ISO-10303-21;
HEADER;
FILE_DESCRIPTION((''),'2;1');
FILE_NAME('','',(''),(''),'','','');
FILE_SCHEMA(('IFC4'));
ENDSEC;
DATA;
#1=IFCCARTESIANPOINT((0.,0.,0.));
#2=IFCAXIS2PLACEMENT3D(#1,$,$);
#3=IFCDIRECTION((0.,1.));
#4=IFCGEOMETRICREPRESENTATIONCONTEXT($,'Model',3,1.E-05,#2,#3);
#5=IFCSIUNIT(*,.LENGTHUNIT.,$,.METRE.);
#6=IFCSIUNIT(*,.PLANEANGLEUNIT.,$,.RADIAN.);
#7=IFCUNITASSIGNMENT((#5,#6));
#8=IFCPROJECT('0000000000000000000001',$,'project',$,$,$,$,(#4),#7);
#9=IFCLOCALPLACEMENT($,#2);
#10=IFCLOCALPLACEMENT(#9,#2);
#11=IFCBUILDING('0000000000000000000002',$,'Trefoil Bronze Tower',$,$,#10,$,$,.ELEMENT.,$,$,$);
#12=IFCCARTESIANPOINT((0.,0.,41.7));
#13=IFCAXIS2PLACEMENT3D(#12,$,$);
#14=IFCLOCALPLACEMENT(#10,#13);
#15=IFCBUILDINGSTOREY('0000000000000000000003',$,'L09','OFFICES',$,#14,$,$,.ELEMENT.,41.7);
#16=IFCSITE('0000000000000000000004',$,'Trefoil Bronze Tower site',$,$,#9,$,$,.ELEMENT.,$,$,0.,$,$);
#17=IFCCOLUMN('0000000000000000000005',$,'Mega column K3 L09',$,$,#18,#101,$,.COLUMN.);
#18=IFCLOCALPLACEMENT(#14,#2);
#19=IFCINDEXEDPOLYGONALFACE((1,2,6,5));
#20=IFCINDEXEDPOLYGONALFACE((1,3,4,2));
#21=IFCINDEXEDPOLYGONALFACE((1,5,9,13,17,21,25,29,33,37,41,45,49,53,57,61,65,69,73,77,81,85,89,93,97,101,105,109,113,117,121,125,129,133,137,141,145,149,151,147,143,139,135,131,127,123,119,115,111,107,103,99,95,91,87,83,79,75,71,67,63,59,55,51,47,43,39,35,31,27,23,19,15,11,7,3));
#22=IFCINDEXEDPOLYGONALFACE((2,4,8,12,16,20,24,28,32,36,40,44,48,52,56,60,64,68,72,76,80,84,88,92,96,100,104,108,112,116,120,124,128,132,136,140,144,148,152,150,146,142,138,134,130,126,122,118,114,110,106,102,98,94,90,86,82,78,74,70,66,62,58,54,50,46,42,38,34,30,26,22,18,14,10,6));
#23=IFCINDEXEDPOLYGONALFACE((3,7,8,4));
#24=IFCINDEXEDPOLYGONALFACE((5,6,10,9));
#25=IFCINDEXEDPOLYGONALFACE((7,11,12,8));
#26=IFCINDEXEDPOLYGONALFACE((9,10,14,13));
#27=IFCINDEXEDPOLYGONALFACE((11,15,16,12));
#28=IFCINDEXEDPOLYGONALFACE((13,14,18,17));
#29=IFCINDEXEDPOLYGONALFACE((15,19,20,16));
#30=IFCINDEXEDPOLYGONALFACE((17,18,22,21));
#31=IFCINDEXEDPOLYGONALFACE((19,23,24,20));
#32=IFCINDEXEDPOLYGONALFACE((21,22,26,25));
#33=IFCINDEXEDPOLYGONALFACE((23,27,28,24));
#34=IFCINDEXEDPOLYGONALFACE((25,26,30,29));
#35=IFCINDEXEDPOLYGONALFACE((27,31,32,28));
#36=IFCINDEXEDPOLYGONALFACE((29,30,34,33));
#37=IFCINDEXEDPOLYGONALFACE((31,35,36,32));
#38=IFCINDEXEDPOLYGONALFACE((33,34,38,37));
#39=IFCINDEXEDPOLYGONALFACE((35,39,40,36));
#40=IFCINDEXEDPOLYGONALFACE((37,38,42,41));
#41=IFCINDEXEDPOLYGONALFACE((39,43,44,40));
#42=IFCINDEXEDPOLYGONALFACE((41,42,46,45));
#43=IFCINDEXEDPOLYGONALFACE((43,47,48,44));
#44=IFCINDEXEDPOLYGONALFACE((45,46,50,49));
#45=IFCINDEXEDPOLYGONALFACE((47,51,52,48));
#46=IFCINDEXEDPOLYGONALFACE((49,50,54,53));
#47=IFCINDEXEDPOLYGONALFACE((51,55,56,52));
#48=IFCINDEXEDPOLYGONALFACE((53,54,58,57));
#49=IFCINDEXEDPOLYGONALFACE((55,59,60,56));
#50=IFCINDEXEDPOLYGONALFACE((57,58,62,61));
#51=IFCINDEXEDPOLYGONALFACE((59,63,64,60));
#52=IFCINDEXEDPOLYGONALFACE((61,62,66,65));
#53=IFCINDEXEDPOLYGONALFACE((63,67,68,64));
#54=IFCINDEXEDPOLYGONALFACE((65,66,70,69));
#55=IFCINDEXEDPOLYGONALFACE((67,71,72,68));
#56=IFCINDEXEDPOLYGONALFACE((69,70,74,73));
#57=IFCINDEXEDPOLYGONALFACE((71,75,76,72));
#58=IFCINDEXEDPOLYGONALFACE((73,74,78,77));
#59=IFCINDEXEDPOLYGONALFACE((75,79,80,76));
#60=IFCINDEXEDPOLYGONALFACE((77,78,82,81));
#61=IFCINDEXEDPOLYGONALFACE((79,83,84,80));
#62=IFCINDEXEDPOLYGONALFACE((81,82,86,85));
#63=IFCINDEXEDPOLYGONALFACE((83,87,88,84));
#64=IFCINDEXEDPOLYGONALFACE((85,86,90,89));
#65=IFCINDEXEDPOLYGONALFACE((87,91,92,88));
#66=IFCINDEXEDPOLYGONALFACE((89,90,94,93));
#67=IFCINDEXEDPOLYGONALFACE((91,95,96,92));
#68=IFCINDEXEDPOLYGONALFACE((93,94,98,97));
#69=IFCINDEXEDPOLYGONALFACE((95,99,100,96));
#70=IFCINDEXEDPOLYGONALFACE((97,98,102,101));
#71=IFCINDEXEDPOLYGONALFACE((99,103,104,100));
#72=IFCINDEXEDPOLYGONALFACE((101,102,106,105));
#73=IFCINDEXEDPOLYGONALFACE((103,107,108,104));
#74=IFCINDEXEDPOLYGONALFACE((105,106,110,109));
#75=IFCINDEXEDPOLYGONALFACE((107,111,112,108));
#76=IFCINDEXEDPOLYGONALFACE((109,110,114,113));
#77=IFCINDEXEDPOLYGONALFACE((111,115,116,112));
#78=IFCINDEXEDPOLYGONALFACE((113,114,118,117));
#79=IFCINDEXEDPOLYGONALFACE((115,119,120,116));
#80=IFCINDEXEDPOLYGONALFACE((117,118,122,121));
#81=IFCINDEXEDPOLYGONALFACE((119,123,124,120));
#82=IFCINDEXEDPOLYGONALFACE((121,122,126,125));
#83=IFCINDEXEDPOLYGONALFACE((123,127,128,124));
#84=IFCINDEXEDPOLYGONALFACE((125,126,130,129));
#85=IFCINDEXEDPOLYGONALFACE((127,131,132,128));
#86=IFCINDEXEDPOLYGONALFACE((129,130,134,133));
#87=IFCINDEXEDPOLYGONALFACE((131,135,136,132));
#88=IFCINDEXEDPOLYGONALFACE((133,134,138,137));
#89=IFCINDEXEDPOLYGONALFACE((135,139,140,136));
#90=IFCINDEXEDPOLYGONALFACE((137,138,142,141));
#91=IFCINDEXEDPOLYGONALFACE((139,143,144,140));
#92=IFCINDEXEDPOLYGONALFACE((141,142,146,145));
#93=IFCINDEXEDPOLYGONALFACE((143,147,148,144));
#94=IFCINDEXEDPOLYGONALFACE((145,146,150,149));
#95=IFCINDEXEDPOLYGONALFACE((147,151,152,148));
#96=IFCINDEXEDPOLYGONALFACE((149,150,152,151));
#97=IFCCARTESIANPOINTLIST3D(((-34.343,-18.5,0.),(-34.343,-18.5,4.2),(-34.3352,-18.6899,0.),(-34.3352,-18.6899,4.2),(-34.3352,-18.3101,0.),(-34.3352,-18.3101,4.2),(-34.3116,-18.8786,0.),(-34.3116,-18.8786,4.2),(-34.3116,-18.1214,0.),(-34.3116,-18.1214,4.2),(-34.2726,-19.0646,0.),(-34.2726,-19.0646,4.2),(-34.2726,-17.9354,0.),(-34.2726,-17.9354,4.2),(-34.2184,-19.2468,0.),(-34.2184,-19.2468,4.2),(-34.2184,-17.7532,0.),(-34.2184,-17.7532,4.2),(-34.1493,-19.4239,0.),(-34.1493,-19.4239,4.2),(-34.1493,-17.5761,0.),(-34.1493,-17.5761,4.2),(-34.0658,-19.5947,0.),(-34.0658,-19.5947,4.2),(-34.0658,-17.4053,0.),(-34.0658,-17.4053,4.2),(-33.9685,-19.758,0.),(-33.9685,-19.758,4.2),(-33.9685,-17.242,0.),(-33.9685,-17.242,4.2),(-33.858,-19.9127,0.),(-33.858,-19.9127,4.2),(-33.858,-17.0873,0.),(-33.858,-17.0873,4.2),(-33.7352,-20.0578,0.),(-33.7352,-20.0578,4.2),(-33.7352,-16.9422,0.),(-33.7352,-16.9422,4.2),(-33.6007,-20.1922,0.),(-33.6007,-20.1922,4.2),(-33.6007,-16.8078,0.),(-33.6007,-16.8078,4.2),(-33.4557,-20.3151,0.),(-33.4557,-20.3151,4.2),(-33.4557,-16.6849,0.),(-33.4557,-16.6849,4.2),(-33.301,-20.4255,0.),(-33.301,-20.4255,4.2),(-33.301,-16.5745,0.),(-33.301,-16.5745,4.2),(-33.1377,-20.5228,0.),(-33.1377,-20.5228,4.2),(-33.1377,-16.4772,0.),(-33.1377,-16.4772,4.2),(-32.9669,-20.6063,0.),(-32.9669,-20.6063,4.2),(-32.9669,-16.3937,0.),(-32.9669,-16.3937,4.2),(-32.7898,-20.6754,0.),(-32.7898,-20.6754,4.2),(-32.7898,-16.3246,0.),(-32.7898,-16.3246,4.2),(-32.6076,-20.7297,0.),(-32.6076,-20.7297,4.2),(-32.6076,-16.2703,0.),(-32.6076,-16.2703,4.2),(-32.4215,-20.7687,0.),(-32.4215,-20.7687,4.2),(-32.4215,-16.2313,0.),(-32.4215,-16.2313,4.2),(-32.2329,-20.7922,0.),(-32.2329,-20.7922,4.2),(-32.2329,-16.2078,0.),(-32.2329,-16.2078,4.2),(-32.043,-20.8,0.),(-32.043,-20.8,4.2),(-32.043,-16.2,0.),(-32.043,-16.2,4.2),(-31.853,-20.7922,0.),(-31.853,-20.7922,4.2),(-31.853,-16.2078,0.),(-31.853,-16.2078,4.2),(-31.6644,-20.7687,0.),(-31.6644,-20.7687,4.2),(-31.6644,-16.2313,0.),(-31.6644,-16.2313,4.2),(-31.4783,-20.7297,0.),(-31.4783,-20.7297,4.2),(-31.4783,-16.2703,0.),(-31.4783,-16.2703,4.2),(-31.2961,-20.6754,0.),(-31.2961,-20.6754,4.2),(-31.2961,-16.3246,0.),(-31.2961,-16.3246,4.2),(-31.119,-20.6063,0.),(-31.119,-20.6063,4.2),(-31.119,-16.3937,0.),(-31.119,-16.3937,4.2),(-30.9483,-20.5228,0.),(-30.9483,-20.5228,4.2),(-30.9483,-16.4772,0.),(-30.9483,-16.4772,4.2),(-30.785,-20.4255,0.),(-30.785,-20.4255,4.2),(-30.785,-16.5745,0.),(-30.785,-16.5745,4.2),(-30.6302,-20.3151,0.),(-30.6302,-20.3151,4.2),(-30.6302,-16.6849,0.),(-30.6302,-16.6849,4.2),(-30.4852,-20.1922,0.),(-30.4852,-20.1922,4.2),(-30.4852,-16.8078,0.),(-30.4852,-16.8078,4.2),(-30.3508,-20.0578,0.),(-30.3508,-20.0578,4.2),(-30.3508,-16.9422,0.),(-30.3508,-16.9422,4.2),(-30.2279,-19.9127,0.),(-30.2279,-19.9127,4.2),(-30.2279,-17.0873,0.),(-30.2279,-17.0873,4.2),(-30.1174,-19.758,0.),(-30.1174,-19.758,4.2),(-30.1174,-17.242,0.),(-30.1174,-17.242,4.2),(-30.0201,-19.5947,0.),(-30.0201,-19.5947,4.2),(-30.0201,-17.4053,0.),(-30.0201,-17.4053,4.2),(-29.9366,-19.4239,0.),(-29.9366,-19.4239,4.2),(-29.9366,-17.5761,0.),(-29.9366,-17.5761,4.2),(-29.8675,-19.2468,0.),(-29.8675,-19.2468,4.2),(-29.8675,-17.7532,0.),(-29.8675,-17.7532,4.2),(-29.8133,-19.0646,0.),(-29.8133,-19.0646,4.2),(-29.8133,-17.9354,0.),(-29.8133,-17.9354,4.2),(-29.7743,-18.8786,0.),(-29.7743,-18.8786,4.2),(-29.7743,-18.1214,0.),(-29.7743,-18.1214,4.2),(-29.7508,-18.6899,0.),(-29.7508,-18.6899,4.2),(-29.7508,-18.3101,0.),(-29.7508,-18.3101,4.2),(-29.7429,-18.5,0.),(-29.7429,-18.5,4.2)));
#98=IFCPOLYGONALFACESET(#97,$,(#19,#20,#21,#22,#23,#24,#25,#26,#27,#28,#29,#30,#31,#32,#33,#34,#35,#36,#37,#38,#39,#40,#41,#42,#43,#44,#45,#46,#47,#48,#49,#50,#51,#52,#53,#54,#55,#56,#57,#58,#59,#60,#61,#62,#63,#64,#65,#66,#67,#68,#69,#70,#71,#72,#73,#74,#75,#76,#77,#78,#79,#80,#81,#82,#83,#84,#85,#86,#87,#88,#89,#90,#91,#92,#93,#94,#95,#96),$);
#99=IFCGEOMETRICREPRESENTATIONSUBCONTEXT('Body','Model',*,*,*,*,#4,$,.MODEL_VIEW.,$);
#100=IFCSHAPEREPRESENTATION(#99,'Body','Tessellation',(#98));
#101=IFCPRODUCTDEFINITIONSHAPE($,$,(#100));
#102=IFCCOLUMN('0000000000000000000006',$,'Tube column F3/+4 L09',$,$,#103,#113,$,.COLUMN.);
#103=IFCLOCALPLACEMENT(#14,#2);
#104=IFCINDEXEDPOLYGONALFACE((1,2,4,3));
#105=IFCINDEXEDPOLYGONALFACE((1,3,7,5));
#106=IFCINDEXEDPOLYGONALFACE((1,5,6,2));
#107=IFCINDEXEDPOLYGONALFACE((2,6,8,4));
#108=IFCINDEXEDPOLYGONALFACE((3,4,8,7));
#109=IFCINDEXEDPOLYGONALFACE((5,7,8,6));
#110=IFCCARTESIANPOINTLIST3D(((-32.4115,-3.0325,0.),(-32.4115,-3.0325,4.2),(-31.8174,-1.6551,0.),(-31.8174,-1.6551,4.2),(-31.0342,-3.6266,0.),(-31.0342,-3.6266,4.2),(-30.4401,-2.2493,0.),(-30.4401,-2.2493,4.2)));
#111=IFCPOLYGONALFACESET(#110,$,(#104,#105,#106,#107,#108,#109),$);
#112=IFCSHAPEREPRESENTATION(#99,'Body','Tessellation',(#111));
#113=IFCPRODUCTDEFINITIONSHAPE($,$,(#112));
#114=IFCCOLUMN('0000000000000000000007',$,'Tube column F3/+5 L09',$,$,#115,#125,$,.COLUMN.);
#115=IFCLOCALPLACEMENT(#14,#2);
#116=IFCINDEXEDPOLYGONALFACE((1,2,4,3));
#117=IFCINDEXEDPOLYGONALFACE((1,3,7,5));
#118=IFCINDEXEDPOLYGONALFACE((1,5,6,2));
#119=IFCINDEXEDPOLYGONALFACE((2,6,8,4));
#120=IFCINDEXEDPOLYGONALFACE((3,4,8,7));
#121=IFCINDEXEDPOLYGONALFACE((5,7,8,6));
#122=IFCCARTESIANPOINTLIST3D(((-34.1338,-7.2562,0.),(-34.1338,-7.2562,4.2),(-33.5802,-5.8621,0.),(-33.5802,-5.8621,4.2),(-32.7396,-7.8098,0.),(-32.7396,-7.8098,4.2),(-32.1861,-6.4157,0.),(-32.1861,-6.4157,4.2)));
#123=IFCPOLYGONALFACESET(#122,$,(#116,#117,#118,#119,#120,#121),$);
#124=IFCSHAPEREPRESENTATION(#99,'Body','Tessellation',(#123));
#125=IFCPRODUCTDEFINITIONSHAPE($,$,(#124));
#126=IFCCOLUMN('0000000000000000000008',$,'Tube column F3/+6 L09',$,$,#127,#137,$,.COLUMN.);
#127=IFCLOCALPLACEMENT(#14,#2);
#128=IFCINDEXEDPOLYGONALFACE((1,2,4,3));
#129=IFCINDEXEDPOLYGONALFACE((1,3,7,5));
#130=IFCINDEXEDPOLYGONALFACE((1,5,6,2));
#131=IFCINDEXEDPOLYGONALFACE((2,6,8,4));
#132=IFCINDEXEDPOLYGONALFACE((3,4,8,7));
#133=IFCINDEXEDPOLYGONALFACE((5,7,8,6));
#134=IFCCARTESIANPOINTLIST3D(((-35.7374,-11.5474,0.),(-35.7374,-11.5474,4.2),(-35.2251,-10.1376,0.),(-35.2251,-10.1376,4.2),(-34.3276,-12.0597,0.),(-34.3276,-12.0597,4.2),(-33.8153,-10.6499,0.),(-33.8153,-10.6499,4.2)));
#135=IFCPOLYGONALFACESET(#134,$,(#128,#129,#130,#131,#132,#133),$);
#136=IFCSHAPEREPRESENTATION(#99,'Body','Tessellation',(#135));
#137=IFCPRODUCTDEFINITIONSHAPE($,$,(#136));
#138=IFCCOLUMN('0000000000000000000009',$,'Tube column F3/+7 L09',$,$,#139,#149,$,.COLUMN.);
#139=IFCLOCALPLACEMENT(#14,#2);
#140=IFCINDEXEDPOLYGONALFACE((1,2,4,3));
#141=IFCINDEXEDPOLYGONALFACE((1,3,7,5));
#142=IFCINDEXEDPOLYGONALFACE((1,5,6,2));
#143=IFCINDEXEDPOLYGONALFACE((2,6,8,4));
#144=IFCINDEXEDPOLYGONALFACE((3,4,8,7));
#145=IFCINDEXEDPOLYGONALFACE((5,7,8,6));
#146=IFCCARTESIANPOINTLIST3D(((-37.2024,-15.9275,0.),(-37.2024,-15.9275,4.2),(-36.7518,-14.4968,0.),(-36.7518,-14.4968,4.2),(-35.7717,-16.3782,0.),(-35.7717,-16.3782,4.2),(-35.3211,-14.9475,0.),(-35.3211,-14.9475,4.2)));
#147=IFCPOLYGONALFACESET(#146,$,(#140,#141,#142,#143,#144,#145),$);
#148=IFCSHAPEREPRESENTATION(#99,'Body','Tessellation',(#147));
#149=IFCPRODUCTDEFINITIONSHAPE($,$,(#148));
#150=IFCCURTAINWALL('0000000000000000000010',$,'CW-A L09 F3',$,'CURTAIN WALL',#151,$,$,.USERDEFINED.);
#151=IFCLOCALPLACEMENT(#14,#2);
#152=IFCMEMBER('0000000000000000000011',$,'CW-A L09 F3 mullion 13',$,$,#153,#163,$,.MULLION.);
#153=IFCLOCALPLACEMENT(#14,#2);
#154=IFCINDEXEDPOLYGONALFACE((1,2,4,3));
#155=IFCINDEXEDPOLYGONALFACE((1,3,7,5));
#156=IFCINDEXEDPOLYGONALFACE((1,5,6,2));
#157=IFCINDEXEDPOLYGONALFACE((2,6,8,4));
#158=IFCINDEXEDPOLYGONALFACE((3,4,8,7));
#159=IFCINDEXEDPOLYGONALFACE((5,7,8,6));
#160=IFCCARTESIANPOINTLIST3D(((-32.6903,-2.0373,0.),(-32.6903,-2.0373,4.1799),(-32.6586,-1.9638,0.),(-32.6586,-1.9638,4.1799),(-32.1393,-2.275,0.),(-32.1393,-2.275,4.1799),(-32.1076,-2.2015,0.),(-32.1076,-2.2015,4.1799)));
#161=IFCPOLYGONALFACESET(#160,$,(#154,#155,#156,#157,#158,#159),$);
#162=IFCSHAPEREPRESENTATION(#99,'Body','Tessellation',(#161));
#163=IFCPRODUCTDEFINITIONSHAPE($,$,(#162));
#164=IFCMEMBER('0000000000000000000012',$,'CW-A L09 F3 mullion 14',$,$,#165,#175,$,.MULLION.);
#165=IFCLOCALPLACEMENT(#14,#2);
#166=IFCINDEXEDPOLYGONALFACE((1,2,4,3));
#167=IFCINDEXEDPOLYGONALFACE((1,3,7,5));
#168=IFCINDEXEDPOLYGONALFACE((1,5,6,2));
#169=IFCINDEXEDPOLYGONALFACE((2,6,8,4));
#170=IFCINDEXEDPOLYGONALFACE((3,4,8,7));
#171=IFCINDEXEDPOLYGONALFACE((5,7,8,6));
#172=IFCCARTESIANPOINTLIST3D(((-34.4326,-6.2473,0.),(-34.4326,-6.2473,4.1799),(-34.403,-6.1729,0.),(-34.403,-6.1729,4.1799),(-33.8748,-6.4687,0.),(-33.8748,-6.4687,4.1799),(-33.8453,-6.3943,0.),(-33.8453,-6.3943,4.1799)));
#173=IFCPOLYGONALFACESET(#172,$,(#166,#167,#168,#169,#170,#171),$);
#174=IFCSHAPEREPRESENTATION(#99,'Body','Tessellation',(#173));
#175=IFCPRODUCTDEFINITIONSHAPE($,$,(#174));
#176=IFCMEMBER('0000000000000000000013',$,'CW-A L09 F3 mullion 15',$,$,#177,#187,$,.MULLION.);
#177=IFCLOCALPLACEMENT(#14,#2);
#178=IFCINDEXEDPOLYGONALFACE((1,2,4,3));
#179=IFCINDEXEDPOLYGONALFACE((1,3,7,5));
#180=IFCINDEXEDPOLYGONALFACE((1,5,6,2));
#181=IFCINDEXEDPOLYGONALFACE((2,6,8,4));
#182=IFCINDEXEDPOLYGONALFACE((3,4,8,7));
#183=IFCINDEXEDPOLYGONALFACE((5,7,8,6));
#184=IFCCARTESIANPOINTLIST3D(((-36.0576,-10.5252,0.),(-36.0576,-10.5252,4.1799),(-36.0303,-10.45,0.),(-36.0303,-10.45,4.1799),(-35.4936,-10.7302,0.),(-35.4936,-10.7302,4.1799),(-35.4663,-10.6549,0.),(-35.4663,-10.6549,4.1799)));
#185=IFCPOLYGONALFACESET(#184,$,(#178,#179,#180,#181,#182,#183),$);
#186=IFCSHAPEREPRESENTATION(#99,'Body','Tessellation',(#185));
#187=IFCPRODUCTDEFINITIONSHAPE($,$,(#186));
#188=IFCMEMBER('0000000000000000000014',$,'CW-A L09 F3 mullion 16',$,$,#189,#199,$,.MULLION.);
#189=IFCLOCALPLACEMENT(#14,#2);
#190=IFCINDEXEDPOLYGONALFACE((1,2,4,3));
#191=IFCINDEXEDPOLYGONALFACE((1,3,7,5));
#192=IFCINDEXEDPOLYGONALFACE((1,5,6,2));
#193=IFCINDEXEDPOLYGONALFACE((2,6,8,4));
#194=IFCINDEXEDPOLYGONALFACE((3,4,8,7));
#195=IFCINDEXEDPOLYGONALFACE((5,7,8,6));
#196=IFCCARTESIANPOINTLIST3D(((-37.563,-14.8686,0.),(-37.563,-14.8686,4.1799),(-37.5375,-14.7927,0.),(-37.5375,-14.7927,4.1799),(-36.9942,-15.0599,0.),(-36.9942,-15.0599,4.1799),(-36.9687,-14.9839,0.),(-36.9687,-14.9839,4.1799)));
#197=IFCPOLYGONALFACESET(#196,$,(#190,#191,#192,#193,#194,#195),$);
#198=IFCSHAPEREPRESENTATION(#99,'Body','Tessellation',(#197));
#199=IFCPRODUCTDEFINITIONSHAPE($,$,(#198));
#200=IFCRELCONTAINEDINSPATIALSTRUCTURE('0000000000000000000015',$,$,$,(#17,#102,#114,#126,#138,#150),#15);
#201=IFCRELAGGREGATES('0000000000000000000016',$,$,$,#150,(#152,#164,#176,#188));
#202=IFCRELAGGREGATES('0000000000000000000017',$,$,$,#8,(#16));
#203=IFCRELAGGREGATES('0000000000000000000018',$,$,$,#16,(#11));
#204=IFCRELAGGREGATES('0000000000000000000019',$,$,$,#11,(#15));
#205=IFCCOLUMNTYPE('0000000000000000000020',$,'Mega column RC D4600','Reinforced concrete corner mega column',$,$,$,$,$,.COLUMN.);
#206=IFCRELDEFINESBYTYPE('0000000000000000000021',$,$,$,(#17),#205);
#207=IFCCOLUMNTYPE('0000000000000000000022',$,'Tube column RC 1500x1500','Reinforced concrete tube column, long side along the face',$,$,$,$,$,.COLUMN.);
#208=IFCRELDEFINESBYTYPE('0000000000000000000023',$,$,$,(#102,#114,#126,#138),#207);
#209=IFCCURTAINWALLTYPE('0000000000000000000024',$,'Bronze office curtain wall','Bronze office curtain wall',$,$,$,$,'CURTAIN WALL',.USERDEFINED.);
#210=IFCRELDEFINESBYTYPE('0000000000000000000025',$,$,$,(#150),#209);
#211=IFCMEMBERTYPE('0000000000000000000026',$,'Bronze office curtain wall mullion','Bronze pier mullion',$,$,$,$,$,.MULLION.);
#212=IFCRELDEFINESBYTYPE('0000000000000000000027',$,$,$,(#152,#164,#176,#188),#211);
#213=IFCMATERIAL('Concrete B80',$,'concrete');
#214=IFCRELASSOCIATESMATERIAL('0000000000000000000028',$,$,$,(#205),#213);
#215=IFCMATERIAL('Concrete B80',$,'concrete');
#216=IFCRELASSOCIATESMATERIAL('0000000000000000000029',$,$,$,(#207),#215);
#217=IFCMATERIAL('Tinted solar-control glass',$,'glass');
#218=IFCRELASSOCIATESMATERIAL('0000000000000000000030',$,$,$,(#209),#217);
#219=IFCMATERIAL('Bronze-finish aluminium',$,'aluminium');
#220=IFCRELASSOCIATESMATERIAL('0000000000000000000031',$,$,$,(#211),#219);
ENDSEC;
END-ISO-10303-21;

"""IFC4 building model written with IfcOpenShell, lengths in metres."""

from ifc_helpers import new_model, si_unit, direction, frame, origin, origin_2d, place, context, subcontext, project, spatial, rectangle, circle, extrude, material, material_profile, profile_set, type_object, element, aggregate, save


model = new_model("IFC4")

# Units and contexts
model_context = context("Model", 3, precision=1e-05, world=origin(), true_north=direction((0.0, 1.0)))
body_context = subcontext(model_context, "Body", "Model", "MODEL_VIEW")
ifc_project = project(units=[si_unit("LENGTHUNIT", "METRE"), si_unit("PLANEANGLEUNIT", "RADIAN")], contexts=[model_context])

# Site, building, storey
site_placement = place(None, origin())
site = spatial("IfcSite", under=ifc_project, at=site_placement, Name="Trefoil Bronze Tower site", CompositionType="ELEMENT", RefElevation=0.0)
building_placement = place(site_placement, origin())
building = spatial("IfcBuilding", under=site, at=building_placement, Name="Trefoil Bronze Tower", CompositionType="ELEMENT")
storey_placement = place(building_placement, frame((0.0, 0.0, 41.7)))
storey = spatial("IfcBuildingStorey", under=building, at=storey_placement, Name="L09", Description="OFFICES", CompositionType="ELEMENT", Elevation=41.7)

# Columns
ifc_material_1 = material(Name="Concrete B80", Category="concrete")
ifc_material_profile_1 = material_profile(ifc_material_1, circle(Radius=2.3, at=origin_2d()), Name="RC D4600")
ifc_profile_set_1 = profile_set([ifc_material_profile_1], Name="Concrete B80")
column_type_1 = type_object("IfcColumnType", Name="Mega column RC D4600", Description="Reinforced concrete corner mega column", PredefinedType="COLUMN", material=ifc_profile_set_1)
column_placement = place(storey_placement, frame((-32.043, -18.5, 0.0), z_axis=(0.0, 0.0, 1.0), x_axis=(1.0, 0.0, 0.0)))
element("IfcColumn", 1, at=column_placement, inside=storey, type_object=column_type_1, Name="Mega column K3 L09", PredefinedType="COLUMN", context=body_context, shape_type="SweptSolid", body=[
    extrude(circle(Radius=2.3, at=origin_2d()), origin(), (0.0, 0.0, 1.0), 4.2),
])
ifc_material_2 = material(Name="Concrete B80", Category="concrete")
ifc_material_profile_2 = material_profile(ifc_material_2, rectangle(XDim=1.5, YDim=1.5, at=origin_2d()), Name="RC 1500x1500")
ifc_profile_set_2 = profile_set([ifc_material_profile_2], Name="Concrete B80")
column_type_2 = type_object("IfcColumnType", Name="Tube column RC 1500x1500", Description="Reinforced concrete tube column, long side along the face", PredefinedType="COLUMN", material=ifc_profile_set_2)
for number, where, z_axis, x_axis, name in (
    (2, (-31.4258, -2.6409, 0.0), (0.0, 0.0, 1.0), (-0.396085, -0.918214, 0.0), "Tube column F3/+4 L09"),
    (3, (-33.1599, -6.8359, 0.0), (0.0, 0.0, 1.0), (-0.36904, -0.929414, 0.0), "Tube column F3/+5 L09"),
    (4, (-34.7764, -11.0986, 0.0), (0.0, 0.0, 1.0), (-0.341559, -0.93986, 0.0), "Tube column F3/+6 L09"),
    (5, (-36.2617, -15.4375, 0.0), (0.0, 0.0, 1.0), (-0.300414, -0.953809, 0.0), "Tube column F3/+7 L09"),
):
    element("IfcColumn", number, at=place(storey_placement, frame(where, z_axis=z_axis, x_axis=x_axis)), inside=storey, type_object=column_type_2, Name=name, PredefinedType="COLUMN", context=body_context, shape_type="SweptSolid", body=[
        extrude(rectangle(XDim=1.5, YDim=1.5, at=origin_2d()), origin(), (0.0, 0.0, 1.0), 4.2),
    ])

# Curtain wall, members
ifc_material_3 = material(Name="Tinted solar-control glass", Category="glass")
curtain_wall_type_1 = type_object("IfcCurtainWallType", Name="Bronze office curtain wall", Description="Bronze office curtain wall", ElementType="CURTAIN WALL", PredefinedType="USERDEFINED", material=ifc_material_3)
curtain_wall_1_placement = place(storey_placement, origin())
curtain_wall_1 = element("IfcCurtainWall", 6, at=curtain_wall_1_placement, inside=storey, type_object=curtain_wall_type_1, Name="CW-A L09 F3", ObjectType="CURTAIN WALL", PredefinedType="USERDEFINED")
ifc_material_4 = material(Name="Bronze-finish aluminium", Category="aluminium")
ifc_material_profile_3 = material_profile(ifc_material_4, rectangle(XDim=0.6001, YDim=0.0801, at=origin_2d()), Name="CW-A mullion")
ifc_profile_set_3 = profile_set([ifc_material_profile_3], Name="Bronze-finish aluminium")
member_type_1 = type_object("IfcMemberType", Name="Bronze office curtain wall mullion", Description="Bronze pier mullion", PredefinedType="MULLION", material=ifc_profile_set_3)
member_1_placement = place(storey_placement, frame((-32.3989, -2.1194, 0.0), z_axis=(0.0, 0.0, 1.0), x_axis=(0.918214, -0.396085, 0.0)))
member_1 = element("IfcMember", 7, at=member_1_placement, type_object=member_type_1, Name="CW-A L09 F3 mullion 13", PredefinedType="MULLION", context=body_context, shape_type="SweptSolid", body=[
    extrude(rectangle(XDim=0.6001, YDim=0.0801, at=origin_2d()), origin(), (0.0, 0.0, 1.0), 4.1799),
])
member_2_placement = place(storey_placement, frame((-34.1389, -6.3208, 0.0), z_axis=(0.0, 0.0, 1.0), x_axis=(0.929414, -0.36904, 0.0)))
member_2 = element("IfcMember", 8, at=member_2_placement, type_object=member_type_1, Name="CW-A L09 F3 mullion 14", PredefinedType="MULLION", context=body_context, shape_type="SweptSolid", body=[
    extrude(rectangle(XDim=0.6001, YDim=0.0801, at=origin_2d()), origin(), (0.0, 0.0, 1.0), 4.1799),
])
member_3_placement = place(storey_placement, frame((-35.762, -10.5901, 0.0), z_axis=(0.0, 0.0, 1.0), x_axis=(0.93986, -0.341559, 0.0)))
member_3 = element("IfcMember", 9, at=member_3_placement, type_object=member_type_1, Name="CW-A L09 F3 mullion 15", PredefinedType="MULLION", context=body_context, shape_type="SweptSolid", body=[
    extrude(rectangle(XDim=0.6001, YDim=0.0801, at=origin_2d()), origin(), (0.0, 0.0, 1.0), 4.1799),
])
member_4_placement = place(storey_placement, frame((-37.2659, -14.9263, 0.0), z_axis=(0.0, 0.0, 1.0), x_axis=(0.947851, -0.318715, 0.0)))
member_4 = element("IfcMember", 10, at=member_4_placement, type_object=member_type_1, Name="CW-A L09 F3 mullion 16", PredefinedType="MULLION", context=body_context, shape_type="SweptSolid", body=[
    extrude(rectangle(XDim=0.6001, YDim=0.0801, at=origin_2d()), origin(), (0.0, 0.0, 1.0), 4.1799),
])

aggregate(curtain_wall_1, [member_1, member_2, member_3, member_4])

save(model, "model.ifc")
